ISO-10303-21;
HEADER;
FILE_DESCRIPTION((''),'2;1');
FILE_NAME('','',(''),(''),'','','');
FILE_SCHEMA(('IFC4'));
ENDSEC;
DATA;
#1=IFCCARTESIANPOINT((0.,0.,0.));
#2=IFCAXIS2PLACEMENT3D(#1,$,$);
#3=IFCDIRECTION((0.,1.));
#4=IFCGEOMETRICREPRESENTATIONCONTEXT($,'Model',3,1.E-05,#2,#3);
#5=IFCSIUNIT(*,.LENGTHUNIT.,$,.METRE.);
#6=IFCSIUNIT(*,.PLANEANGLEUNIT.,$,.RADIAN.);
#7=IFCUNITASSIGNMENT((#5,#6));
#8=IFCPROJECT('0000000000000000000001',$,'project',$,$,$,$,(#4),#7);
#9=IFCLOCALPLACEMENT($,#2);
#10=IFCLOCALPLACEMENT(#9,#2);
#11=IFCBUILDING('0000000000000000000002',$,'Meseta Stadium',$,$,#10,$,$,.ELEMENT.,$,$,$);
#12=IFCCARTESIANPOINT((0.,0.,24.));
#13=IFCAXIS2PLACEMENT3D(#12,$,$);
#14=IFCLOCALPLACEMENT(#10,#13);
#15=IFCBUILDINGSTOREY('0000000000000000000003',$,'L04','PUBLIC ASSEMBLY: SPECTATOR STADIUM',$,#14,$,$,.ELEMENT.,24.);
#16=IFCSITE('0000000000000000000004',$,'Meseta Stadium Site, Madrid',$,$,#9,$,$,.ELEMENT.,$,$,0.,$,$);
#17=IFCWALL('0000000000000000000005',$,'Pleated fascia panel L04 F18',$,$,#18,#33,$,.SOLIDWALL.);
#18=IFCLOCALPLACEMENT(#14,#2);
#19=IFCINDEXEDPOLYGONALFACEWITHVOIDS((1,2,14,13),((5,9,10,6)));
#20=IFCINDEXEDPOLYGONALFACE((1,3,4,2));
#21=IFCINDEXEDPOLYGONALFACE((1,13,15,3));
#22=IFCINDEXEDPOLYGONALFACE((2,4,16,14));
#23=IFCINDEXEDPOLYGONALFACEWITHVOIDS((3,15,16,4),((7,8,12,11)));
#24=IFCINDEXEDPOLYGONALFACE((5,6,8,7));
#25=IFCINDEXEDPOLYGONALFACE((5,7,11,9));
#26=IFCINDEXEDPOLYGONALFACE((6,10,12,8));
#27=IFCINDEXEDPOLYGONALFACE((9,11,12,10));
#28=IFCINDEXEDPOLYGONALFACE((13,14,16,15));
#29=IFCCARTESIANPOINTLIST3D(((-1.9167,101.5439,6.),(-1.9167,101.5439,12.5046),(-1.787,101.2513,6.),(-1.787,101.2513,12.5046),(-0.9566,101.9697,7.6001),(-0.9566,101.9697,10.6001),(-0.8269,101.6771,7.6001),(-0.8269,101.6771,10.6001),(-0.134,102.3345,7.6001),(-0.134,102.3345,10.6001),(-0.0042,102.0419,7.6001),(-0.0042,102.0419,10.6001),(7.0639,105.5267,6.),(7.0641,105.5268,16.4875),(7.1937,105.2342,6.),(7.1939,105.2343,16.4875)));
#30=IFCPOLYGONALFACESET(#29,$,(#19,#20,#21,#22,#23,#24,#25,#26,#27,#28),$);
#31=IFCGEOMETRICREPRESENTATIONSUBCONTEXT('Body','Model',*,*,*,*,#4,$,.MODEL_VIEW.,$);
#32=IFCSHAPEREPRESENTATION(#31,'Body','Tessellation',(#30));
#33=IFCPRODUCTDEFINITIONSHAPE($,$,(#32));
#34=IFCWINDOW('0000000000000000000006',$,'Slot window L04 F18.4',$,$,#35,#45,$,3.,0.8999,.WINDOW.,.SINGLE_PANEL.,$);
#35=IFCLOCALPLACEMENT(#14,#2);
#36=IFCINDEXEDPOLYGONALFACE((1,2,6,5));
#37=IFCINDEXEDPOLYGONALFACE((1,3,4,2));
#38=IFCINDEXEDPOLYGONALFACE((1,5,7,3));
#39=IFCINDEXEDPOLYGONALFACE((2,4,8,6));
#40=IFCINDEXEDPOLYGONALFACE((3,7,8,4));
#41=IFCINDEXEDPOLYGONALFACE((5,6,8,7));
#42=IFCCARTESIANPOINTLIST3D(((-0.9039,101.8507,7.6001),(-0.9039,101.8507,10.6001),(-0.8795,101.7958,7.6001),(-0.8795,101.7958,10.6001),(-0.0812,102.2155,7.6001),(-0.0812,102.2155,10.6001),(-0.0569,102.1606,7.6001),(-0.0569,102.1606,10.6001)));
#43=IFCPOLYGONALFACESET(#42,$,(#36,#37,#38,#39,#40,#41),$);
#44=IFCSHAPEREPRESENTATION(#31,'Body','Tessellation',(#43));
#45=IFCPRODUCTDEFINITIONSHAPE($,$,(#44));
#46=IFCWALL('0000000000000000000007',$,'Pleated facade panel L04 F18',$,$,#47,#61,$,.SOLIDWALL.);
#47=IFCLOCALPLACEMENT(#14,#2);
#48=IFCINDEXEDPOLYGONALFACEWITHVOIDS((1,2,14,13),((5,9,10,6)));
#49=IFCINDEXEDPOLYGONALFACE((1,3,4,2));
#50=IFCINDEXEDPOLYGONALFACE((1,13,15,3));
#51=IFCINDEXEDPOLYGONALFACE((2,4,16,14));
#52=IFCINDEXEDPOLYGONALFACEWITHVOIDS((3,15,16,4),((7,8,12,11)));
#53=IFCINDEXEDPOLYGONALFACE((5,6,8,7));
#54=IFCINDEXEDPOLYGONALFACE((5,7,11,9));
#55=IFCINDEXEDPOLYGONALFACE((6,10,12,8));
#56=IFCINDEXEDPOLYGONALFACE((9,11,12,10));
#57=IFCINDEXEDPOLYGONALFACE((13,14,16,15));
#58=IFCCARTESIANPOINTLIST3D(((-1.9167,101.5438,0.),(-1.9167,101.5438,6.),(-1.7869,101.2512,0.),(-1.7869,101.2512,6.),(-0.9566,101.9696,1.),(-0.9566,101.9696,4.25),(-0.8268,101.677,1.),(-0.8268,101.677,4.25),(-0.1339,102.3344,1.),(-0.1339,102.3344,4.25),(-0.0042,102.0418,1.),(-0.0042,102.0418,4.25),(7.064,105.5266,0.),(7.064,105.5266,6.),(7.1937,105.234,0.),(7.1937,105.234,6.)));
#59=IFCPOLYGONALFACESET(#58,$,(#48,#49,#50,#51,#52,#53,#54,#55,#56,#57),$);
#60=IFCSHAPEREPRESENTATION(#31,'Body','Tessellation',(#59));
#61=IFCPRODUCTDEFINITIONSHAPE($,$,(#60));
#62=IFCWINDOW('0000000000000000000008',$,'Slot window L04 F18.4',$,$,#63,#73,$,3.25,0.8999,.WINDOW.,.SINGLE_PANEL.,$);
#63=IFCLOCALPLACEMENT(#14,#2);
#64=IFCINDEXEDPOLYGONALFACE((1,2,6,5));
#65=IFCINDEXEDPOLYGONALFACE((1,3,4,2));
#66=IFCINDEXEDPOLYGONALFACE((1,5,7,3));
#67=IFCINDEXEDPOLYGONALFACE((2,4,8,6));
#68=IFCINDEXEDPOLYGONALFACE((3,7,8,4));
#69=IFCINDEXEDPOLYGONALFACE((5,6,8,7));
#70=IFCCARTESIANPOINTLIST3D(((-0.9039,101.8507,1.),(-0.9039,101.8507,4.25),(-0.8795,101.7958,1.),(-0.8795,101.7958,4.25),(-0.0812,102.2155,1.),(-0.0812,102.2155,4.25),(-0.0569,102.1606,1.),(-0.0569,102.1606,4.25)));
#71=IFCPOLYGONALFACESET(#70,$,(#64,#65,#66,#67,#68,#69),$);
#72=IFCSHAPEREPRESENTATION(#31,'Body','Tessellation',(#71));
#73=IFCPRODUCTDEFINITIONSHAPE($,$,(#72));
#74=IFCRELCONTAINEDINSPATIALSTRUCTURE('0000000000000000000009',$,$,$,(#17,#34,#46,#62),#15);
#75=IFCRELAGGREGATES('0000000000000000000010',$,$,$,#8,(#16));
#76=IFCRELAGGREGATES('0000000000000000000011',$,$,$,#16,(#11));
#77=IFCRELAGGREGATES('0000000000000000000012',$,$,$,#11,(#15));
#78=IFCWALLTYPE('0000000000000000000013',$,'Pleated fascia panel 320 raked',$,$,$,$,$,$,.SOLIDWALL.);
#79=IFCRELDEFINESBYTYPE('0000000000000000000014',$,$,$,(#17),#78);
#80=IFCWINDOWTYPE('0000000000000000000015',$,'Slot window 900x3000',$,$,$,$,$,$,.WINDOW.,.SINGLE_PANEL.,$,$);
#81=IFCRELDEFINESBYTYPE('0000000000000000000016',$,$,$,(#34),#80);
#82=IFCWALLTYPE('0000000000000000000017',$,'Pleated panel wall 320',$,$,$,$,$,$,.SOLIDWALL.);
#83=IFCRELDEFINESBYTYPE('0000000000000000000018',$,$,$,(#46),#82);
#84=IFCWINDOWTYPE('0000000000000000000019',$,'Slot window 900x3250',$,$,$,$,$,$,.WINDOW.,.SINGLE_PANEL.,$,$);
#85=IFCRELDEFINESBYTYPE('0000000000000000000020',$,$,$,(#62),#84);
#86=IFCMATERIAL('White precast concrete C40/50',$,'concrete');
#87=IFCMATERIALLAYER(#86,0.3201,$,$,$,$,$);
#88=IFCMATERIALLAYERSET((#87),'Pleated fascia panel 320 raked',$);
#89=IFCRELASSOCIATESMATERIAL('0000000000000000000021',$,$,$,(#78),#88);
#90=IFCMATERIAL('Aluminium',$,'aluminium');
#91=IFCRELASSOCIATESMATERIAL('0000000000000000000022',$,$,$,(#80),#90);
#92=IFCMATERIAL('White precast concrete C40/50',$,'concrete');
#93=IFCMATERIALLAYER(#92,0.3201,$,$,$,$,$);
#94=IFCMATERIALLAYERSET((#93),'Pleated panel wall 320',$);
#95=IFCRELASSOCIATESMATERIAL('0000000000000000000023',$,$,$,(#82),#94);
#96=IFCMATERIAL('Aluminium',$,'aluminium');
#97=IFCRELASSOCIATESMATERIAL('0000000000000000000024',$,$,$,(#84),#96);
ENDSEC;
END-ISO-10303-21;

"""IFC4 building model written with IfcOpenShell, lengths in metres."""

from ifc_helpers import new_model, si_unit, direction, frame, frame_2d, origin, place, context, subcontext, project, spatial, polyline, rectangle, outline, extrude, material, layer, layer_set, type_object, element, fill, save


model = new_model("IFC4")

# Units and contexts
model_context = context("Model", 3, precision=1e-05, world=origin(), true_north=direction((0.0, 1.0)))
body_context = subcontext(model_context, "Body", "Model", "MODEL_VIEW")
ifc_project = project(units=[si_unit("LENGTHUNIT", "METRE"), si_unit("PLANEANGLEUNIT", "RADIAN")], contexts=[model_context])

# Site, building, storey
site_placement = place(None, origin())
site = spatial("IfcSite", under=ifc_project, at=site_placement, Name="Meseta Stadium Site, Madrid", CompositionType="ELEMENT", RefElevation=0.0)
building_placement = place(site_placement, origin())
building = spatial("IfcBuilding", under=site, at=building_placement, Name="Meseta Stadium", CompositionType="ELEMENT")
storey_placement = place(building_placement, frame((0.0, 0.0, 24.0)))
storey = spatial("IfcBuildingStorey", under=building, at=storey_placement, Name="L04", Description="PUBLIC ASSEMBLY: SPECTATOR STADIUM", CompositionType="ELEMENT", Elevation=24.0)

# Walls, openings, windows
ifc_material_1 = material(Name="White precast concrete C40/50", Category="concrete")
ifc_layer_1 = layer(ifc_material_1, 0.3201)
ifc_layer_set_1 = layer_set([ifc_layer_1], Name="Pleated fascia panel 320 raked")
wall_type_1 = type_object("IfcWallType", Name="Pleated fascia panel 320 raked", PredefinedType="SOLIDWALL", material=ifc_layer_set_1)
wall_1_placement = place(storey_placement, frame((-1.8518, 101.3975, 6.0), z_axis=(0.0, 0.0, 1.0), x_axis=(0.914133, 0.405414, 0.0)))
wall_1 = element("IfcWall", 1, at=wall_1_placement, inside=storey, type_object=wall_type_1, Name="Pleated fascia panel L04 F18", PredefinedType="SOLIDWALL", context=body_context, shape_type="SweptSolid", body=[
    extrude(outline(polyline([(0.0, 0.0), (9.8242, 0.0), (9.8245, 10.4875), (0.0, 6.5046), (0.0, 0.0)])), frame((0.0, 0.1602, 0.0), z_axis=(0.0, -1.0, 0.0), x_axis=(1.0, 0.0, 0.0)), (0.0, 0.0, 1.0), 0.3201),
])
opening_1_placement = place(wall_1_placement, frame((1.0503, 0.0, 1.6001)))
opening_1 = element("IfcOpeningElement", 2, at=opening_1_placement, cuts=wall_1, PredefinedType="OPENING", context=body_context, shape_type="SweptSolid", body=[
    extrude(rectangle(XDim=0.8999, YDim=3.0, at=frame_2d((0.45, 1.5))), frame((0.0, 0.1699, 0.0), z_axis=(0.0, -1.0, 0.0), x_axis=(1.0, 0.0, 0.0)), (0.0, 0.0, 1.0), 0.3401),
])
ifc_material_2 = material(Name="Aluminium", Category="aluminium")
window_type_1 = type_object("IfcWindowType", Name="Slot window 900x3000", PartitioningType="SINGLE_PANEL", PredefinedType="WINDOW", material=ifc_material_2)
window_1_placement = place(opening_1_placement, origin())
window_1 = element("IfcWindow", 3, at=window_1_placement, inside=storey, type_object=window_type_1, Name="Slot window L04 F18.4", OverallHeight=3.0, OverallWidth=0.8999, PartitioningType="SINGLE_PANEL", PredefinedType="WINDOW", context=body_context, shape_type="SweptSolid", body=[
    extrude(rectangle(XDim=0.8999, YDim=3.0, at=frame_2d((0.45, 1.5))), frame((0.0, 0.03, 0.0), z_axis=(0.0, -1.0, 0.0), x_axis=(1.0, 0.0, 0.0)), (0.0, 0.0, 1.0), 0.0601),
])
fill(opening_1, window_1)
ifc_material_3 = material(Name="White precast concrete C40/50", Category="concrete")
ifc_layer_2 = layer(ifc_material_3, 0.3201)
ifc_layer_set_2 = layer_set([ifc_layer_2], Name="Pleated panel wall 320")
wall_type_2 = type_object("IfcWallType", Name="Pleated panel wall 320", PredefinedType="SOLIDWALL", material=ifc_layer_set_2)
wall_2_placement = place(storey_placement, frame((-1.8518, 101.3975, 0.0), z_axis=(0.0, 0.0, 1.0), x_axis=(0.914133, 0.405414, 0.0)))
wall_2 = element("IfcWall", 4, at=wall_2_placement, inside=storey, type_object=wall_type_2, Name="Pleated facade panel L04 F18", PredefinedType="SOLIDWALL", context=body_context, shape_type="SweptSolid", body=[
    extrude(rectangle(XDim=9.8242, YDim=0.3201, at=frame_2d((4.9121, 0.0))), origin(), (0.0, 0.0, 1.0), 6.0),
])
opening_2_placement = place(wall_2_placement, frame((1.0503, 0.0, 1.0)))
opening_2 = element("IfcOpeningElement", 5, at=opening_2_placement, cuts=wall_2, PredefinedType="OPENING", context=body_context, shape_type="SweptSolid", body=[
    extrude(rectangle(XDim=0.8999, YDim=3.25, at=frame_2d((0.45, 1.625))), frame((0.0, 0.1699, 0.0), z_axis=(0.0, -1.0, 0.0), x_axis=(1.0, 0.0, 0.0)), (0.0, 0.0, 1.0), 0.3401),
])
ifc_material_4 = material(Name="Aluminium", Category="aluminium")
window_type_2 = type_object("IfcWindowType", Name="Slot window 900x3250", PartitioningType="SINGLE_PANEL", PredefinedType="WINDOW", material=ifc_material_4)
window_2_placement = place(opening_2_placement, origin())
window_2 = element("IfcWindow", 6, at=window_2_placement, inside=storey, type_object=window_type_2, Name="Slot window L04 F18.4", OverallHeight=3.25, OverallWidth=0.8999, PartitioningType="SINGLE_PANEL", PredefinedType="WINDOW", context=body_context, shape_type="SweptSolid", body=[
    extrude(rectangle(XDim=0.8999, YDim=3.25, at=frame_2d((0.45, 1.625))), frame((0.0, 0.03, 0.0), z_axis=(0.0, -1.0, 0.0), x_axis=(1.0, 0.0, 0.0)), (0.0, 0.0, 1.0), 0.0601),
])
fill(opening_2, window_2)

save(model, "model.ifc")
